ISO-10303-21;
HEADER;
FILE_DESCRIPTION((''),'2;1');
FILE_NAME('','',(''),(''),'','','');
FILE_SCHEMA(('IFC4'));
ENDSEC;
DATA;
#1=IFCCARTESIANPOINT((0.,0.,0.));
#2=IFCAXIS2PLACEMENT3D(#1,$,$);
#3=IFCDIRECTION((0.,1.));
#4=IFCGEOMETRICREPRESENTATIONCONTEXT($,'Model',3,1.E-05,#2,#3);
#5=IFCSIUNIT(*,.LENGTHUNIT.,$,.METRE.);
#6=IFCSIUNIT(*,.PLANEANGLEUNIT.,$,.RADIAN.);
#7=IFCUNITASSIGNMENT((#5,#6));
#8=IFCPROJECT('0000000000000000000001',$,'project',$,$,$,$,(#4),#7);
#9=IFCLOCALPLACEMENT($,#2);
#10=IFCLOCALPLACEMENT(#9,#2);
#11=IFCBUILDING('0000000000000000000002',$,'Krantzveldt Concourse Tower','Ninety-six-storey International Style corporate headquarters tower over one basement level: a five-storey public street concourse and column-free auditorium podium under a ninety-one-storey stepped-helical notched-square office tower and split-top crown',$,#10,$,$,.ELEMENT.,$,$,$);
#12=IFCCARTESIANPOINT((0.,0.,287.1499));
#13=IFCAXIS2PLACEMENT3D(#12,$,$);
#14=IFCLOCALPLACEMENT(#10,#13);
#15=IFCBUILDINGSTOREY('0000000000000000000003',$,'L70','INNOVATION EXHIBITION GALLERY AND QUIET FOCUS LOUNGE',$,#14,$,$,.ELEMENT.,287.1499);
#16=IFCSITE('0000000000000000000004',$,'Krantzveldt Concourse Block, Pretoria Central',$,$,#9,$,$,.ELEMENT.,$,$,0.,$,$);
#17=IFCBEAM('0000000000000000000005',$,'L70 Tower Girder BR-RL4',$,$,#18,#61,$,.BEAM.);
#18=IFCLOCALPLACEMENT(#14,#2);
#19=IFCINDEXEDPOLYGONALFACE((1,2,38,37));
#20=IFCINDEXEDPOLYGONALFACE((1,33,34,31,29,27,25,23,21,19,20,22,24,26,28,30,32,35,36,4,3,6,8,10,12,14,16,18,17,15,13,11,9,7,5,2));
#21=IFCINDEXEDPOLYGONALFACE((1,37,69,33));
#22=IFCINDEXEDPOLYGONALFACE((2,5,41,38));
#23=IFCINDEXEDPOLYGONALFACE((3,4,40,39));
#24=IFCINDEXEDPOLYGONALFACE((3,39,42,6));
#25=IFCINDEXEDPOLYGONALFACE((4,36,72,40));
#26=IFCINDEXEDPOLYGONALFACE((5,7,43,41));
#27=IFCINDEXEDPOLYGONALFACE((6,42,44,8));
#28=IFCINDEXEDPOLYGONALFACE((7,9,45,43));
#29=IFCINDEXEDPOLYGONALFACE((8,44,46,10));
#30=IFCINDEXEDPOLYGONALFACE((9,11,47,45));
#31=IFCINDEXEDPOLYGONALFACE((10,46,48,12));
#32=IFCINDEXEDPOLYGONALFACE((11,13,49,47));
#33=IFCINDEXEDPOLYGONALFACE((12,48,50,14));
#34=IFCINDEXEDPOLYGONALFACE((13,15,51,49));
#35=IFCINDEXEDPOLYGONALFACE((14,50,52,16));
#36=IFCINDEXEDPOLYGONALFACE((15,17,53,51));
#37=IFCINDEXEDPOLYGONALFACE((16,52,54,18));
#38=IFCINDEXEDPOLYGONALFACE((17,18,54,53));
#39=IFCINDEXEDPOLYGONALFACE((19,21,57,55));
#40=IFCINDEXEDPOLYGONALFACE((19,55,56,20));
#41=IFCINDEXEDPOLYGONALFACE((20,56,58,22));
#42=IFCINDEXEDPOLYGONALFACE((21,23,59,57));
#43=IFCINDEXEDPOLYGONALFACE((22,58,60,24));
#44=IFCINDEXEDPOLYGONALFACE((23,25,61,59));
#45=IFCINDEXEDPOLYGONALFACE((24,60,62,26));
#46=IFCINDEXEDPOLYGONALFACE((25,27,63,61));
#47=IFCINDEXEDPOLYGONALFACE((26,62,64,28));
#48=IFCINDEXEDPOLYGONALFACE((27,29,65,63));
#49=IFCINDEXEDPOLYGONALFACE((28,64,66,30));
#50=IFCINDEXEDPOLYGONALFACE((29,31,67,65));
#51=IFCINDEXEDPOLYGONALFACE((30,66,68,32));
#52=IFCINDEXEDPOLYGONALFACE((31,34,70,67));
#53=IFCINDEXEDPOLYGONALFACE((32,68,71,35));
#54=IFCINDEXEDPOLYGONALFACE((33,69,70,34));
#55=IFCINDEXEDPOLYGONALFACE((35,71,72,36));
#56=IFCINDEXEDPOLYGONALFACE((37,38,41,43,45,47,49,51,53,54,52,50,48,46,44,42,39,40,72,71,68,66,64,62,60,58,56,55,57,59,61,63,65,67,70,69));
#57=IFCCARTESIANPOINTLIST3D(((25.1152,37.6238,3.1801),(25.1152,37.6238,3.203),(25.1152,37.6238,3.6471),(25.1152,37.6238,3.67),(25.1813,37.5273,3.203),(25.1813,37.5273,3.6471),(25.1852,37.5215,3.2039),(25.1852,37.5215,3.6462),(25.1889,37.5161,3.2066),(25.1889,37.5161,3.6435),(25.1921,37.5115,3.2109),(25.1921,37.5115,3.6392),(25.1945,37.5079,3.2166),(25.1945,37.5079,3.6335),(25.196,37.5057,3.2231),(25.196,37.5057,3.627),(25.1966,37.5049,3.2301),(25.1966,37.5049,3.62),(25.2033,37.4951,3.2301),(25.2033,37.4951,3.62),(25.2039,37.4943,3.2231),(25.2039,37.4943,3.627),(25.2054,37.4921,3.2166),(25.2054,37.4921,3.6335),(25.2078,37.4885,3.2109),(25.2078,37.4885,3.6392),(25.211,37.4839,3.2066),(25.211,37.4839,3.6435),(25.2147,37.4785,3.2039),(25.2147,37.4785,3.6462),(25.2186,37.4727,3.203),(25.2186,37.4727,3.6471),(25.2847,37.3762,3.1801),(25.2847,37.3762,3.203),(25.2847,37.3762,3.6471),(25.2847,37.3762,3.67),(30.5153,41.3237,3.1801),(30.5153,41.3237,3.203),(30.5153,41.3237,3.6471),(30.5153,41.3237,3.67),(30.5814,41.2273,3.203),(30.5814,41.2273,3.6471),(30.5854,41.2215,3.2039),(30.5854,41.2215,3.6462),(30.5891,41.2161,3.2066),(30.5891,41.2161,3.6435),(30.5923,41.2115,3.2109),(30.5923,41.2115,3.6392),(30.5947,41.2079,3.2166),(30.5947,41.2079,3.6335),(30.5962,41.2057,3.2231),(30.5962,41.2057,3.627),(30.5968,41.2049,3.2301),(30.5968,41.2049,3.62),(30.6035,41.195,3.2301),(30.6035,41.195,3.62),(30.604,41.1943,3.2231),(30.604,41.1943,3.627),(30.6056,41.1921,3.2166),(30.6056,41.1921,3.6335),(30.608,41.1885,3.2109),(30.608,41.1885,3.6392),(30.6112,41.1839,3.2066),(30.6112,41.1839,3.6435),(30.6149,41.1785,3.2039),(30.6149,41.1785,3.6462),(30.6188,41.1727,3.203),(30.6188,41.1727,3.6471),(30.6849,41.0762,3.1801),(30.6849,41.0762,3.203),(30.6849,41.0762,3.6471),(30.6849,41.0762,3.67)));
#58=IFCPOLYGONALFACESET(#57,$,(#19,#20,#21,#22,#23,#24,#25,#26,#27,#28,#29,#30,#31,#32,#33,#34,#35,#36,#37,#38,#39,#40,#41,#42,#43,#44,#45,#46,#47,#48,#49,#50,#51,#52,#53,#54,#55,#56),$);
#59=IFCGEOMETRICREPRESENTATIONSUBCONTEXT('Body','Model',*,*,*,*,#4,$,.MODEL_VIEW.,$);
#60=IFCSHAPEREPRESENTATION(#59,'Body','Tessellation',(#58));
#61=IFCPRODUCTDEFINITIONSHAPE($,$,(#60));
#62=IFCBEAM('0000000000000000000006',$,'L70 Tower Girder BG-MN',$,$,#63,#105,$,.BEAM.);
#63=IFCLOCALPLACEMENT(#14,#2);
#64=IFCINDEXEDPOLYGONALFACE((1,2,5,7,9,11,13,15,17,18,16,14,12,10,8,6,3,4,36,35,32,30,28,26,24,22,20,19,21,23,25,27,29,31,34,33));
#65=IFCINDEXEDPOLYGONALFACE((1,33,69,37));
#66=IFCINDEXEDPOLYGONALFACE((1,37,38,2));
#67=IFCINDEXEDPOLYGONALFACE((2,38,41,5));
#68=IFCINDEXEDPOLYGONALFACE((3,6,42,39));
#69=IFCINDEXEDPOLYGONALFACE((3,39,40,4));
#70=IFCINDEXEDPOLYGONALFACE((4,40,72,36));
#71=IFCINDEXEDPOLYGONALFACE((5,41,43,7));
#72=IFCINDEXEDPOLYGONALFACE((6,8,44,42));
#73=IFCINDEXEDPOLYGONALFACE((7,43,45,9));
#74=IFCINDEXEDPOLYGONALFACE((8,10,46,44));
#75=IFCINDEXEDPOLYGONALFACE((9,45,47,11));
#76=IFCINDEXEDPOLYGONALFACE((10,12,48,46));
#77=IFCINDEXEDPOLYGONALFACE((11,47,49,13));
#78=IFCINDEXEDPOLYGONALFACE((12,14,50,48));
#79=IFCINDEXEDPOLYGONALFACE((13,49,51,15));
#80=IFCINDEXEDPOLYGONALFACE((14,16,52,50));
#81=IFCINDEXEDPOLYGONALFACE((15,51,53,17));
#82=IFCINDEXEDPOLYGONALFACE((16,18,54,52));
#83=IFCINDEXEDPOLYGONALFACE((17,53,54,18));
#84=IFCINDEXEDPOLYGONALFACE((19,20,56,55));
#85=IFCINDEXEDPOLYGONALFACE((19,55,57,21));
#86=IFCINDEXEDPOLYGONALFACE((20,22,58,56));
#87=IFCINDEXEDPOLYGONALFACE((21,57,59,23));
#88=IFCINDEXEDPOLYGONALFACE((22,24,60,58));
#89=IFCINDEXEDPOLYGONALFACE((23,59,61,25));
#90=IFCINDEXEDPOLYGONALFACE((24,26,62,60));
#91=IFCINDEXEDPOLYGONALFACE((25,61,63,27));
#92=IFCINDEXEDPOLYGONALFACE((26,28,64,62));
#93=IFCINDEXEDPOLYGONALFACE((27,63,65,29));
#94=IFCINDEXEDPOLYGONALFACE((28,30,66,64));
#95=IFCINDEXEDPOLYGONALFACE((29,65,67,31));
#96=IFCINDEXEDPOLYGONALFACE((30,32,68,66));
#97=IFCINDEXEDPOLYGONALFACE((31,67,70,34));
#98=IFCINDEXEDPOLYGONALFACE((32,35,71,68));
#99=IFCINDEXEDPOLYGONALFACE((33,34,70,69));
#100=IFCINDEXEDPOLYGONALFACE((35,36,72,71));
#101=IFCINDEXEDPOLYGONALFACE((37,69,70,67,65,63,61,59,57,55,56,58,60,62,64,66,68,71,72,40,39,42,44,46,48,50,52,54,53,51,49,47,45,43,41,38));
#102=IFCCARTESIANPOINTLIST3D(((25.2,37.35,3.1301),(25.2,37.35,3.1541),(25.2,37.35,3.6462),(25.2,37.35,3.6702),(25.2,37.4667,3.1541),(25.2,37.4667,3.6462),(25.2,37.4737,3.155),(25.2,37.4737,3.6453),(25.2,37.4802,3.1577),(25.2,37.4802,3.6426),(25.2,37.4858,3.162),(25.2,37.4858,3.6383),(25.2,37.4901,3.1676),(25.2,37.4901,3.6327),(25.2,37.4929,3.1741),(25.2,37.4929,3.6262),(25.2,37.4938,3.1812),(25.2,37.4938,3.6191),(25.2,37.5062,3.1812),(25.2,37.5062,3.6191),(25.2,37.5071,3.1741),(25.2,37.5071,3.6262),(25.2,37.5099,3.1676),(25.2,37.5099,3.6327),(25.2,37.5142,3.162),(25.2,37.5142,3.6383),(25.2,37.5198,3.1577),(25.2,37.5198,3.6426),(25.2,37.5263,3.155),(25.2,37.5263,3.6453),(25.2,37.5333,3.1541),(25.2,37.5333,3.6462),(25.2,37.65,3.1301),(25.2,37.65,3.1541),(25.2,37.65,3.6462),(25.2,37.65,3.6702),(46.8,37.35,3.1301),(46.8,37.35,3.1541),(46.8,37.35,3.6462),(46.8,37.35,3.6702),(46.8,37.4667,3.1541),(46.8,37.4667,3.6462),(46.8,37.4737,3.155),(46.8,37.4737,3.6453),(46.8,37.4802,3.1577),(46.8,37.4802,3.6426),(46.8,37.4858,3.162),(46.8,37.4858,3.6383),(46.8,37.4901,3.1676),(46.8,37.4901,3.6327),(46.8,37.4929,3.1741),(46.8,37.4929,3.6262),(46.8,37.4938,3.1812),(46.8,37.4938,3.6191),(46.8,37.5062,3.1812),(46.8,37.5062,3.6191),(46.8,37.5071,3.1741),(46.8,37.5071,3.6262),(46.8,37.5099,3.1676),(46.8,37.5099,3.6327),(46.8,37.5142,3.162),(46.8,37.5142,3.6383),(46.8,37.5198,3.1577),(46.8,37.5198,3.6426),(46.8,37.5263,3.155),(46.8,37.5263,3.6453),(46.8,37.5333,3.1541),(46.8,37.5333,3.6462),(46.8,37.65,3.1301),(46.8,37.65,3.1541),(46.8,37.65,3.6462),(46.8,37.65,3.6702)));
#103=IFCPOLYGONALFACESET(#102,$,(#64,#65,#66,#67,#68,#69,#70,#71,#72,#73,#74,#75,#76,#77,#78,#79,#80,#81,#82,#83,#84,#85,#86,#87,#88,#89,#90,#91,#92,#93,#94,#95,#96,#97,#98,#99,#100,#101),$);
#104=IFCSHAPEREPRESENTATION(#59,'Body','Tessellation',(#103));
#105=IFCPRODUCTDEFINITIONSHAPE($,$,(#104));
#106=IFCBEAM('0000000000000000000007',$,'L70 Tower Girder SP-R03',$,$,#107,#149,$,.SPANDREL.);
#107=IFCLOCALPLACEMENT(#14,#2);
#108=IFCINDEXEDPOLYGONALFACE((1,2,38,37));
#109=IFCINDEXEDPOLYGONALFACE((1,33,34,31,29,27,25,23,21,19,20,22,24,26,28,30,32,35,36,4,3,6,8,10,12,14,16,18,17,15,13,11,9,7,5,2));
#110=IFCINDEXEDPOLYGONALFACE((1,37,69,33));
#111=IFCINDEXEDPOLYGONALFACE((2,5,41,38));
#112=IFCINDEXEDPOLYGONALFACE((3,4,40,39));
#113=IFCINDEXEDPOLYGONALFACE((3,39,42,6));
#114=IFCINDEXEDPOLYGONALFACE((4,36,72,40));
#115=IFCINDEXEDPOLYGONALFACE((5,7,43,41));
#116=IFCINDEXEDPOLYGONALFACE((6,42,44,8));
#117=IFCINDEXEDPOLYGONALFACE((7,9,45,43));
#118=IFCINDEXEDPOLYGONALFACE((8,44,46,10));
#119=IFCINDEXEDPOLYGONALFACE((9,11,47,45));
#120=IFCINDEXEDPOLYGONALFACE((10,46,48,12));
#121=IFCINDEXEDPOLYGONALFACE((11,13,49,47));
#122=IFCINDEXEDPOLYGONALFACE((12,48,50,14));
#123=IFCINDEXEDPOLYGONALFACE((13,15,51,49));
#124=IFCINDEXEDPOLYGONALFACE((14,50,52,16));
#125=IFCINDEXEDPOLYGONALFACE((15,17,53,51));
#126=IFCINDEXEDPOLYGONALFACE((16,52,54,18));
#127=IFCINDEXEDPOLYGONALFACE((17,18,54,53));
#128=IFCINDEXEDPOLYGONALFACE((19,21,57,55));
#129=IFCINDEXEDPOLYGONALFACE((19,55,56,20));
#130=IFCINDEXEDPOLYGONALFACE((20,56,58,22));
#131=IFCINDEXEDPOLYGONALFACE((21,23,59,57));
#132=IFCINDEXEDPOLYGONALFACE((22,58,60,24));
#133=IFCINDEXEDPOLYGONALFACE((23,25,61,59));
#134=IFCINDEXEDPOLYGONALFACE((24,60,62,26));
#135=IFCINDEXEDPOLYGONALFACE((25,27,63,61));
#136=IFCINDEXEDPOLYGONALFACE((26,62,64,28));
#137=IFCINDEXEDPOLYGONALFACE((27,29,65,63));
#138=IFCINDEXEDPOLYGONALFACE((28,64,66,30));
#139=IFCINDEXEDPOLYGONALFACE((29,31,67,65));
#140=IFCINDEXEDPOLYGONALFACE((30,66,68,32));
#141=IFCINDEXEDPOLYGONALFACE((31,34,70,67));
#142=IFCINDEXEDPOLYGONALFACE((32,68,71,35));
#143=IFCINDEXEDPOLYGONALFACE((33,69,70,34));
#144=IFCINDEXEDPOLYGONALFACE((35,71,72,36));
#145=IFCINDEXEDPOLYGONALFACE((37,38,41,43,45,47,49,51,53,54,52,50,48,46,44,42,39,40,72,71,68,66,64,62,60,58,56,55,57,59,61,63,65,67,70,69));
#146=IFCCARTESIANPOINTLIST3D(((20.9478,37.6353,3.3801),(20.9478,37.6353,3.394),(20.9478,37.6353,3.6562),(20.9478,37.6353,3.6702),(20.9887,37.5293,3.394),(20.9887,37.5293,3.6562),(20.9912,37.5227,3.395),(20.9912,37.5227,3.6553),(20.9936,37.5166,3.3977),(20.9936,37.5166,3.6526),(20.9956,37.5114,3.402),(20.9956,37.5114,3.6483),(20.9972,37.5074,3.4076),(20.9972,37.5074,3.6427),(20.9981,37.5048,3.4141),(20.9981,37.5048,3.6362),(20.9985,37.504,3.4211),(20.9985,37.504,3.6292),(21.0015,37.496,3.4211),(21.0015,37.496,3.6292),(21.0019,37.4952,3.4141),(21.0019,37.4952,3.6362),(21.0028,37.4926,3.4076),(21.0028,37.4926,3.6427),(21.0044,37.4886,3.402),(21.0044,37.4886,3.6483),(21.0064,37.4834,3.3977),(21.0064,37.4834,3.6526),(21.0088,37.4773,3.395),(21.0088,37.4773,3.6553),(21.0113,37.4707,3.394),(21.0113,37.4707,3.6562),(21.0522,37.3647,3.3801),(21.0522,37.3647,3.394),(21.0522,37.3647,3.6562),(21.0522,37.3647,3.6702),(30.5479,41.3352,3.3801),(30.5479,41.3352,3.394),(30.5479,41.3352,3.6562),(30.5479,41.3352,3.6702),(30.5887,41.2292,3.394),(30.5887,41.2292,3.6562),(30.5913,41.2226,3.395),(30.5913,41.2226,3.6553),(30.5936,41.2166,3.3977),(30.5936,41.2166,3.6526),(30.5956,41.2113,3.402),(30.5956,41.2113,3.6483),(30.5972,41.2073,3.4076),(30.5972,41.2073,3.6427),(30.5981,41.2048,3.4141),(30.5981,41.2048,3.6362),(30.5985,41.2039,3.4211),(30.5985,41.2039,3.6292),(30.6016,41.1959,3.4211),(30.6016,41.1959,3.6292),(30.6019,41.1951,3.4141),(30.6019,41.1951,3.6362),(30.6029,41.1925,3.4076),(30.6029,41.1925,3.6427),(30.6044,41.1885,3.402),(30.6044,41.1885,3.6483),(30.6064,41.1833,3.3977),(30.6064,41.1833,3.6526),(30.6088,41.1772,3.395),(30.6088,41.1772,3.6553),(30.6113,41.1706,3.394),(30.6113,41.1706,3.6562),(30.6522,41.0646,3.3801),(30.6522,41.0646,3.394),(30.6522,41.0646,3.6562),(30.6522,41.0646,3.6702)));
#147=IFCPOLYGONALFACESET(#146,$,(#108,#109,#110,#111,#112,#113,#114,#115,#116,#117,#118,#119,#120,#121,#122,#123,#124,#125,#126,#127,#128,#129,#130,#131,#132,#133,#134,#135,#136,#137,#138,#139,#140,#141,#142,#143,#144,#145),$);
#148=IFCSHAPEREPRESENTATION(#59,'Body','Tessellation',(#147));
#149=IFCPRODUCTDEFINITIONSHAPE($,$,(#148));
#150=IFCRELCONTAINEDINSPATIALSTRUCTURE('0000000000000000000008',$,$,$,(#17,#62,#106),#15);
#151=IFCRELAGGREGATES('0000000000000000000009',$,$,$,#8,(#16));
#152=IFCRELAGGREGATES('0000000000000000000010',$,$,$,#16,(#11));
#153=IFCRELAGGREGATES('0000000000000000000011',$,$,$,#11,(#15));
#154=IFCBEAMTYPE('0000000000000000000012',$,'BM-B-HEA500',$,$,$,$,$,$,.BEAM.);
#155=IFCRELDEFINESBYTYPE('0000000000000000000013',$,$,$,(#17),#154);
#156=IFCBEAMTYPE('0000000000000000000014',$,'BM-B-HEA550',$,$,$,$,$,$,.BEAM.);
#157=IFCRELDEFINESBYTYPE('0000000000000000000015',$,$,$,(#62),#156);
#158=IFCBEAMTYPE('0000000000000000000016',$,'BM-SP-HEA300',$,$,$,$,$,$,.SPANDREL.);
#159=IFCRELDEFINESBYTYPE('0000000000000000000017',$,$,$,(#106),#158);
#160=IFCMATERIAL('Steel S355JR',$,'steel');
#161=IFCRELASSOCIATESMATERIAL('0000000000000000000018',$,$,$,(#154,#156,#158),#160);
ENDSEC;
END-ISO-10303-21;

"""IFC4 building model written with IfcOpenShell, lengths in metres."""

from ifc_helpers import new_model, si_unit, direction, frame, origin, origin_2d, place, context, subcontext, project, spatial, i_section, extrude, source, transform, mapped, material, material_profile, profile_set, type_object, type_shapes, element, save


model = new_model("IFC4")

# Units and contexts
model_context = context("Model", 3, precision=1e-05, world=origin(), true_north=direction((0.0, 1.0)))
body_context = subcontext(model_context, "Body", "Model", "MODEL_VIEW")
ifc_project = project(units=[si_unit("LENGTHUNIT", "METRE"), si_unit("PLANEANGLEUNIT", "RADIAN")], contexts=[model_context])

# Site, building, storey
site_placement = place(None, origin())
site = spatial("IfcSite", under=ifc_project, at=site_placement, Name="Krantzveldt Concourse Block, Pretoria Central", CompositionType="ELEMENT", RefElevation=0.0)
building_placement = place(site_placement, origin())
building = spatial("IfcBuilding", under=site, at=building_placement, Name="Krantzveldt Concourse Tower", Description="Ninety-six-storey International Style corporate headquarters tower over one basement level: a five-storey public street concourse and column-free auditorium podium under a ninety-one-storey stepped-helical notched-square office tower and split-top crown", CompositionType="ELEMENT")
storey_placement = place(building_placement, frame((0.0, 0.0, 287.1499)))
storey = spatial("IfcBuildingStorey", under=building, at=storey_placement, Name="L70", Description="INNOVATION EXHIBITION GALLERY AND QUIET FOCUS LOUNGE", CompositionType="ELEMENT", Elevation=287.1499)

# Beams
ifc_material_1 = material(Name="Steel S355JR", Category="steel")
ifc_material_profile_1 = material_profile(ifc_material_1, i_section(OverallWidth=0.3, OverallDepth=0.49, WebThickness=0.012, FlangeThickness=0.0229, FilletRadius=0.0271, at=origin_2d()), Name="Steel S355JR", Category="steel")
ifc_profile_set_1 = profile_set([ifc_material_profile_1], Name="Steel S355JR - HEA 500")
beam_type_1 = type_object("IfcBeamType", Name="BM-B-HEA500", PredefinedType="BEAM", material=ifc_profile_set_1)
shared_shape_1 = source(origin(), body_context, "Body", "SweptSolid", [
    extrude(i_section(OverallWidth=0.3, OverallDepth=0.49, WebThickness=0.012, FlangeThickness=0.0229, FilletRadius=0.0271, at=origin_2d()), origin(), (0.0, 0.0, 1.0), 6.5461),
])
beam_1_placement = place(storey_placement, frame((25.2, 37.5, 3.425), z_axis=(0.824943, 0.565216, 0.0), x_axis=(-0.565216, 0.824943, 0.0)))
element("IfcBeam", 1, at=beam_1_placement, inside=storey, type_object=beam_type_1, Name="L70 Tower Girder BR-RL4", PredefinedType="BEAM", context=body_context, shape_type="MappedRepresentation", body=[
    mapped(shared_shape_1, transform((0.0, 0.0, 0.0), x_axis=(1.0, 0.0, 0.0), y_axis=(0.0, 1.0, 0.0), z_axis=(0.0, 0.0, 1.0), scale=1.0)),
])
ifc_material_profile_2 = material_profile(ifc_material_1, i_section(OverallWidth=0.3, OverallDepth=0.54, WebThickness=0.0125, FlangeThickness=0.0239, FilletRadius=0.0271, at=origin_2d()), Name="Steel S355JR", Category="steel")
ifc_profile_set_2 = profile_set([ifc_material_profile_2], Name="Steel S355JR - HEA 550")
beam_type_2 = type_object("IfcBeamType", Name="BM-B-HEA550", PredefinedType="BEAM", material=ifc_profile_set_2)
shared_shape_2 = source(origin(), body_context, "Body", "SweptSolid", [
    extrude(i_section(OverallWidth=0.3, OverallDepth=0.54, WebThickness=0.0125, FlangeThickness=0.0239, FilletRadius=0.0271, at=origin_2d()), origin(), (0.0, 0.0, 1.0), 21.6001),
])
type_shapes(beam_type_2, [shared_shape_2])
beam_2_placement = place(storey_placement, frame((25.2, 37.5, 3.4001), z_axis=(1.0, 0.0, 0.0), x_axis=(0.0, 1.0, 0.0)))
element("IfcBeam", 2, at=beam_2_placement, inside=storey, type_object=beam_type_2, Name="L70 Tower Girder BG-MN", PredefinedType="BEAM", context=body_context, shape_type="MappedRepresentation", body=[
    mapped(shared_shape_2, transform((0.0, 0.0, 0.0), x_axis=(1.0, 0.0, 0.0), y_axis=(0.0, 1.0, 0.0), z_axis=(0.0, 0.0, 1.0), scale=1.0)),
])
ifc_material_profile_3 = material_profile(ifc_material_1, i_section(OverallWidth=0.29, OverallDepth=0.29, WebThickness=0.0085, FlangeThickness=0.0139, FilletRadius=0.0271, at=origin_2d()), Name="Steel S355JR", Category="steel")
ifc_profile_set_3 = profile_set([ifc_material_profile_3], Name="Steel S355JR - HEA 300")
beam_type_3 = type_object("IfcBeamType", Name="BM-SP-HEA300", PredefinedType="SPANDREL", material=ifc_profile_set_3)
shared_shape_3 = source(origin(), body_context, "Body", "SweptSolid", [
    extrude(i_section(OverallWidth=0.29, OverallDepth=0.29, WebThickness=0.0085, FlangeThickness=0.0139, FilletRadius=0.0271, at=origin_2d()), origin(), (0.0, 0.0, 1.0), 10.2883),
])
beam_3_placement = place(storey_placement, frame((21.0, 37.5, 3.5251), z_axis=(0.933098, 0.359623, 0.0), x_axis=(-0.359623, 0.933098, 0.0)))
element("IfcBeam", 3, at=beam_3_placement, inside=storey, type_object=beam_type_3, Name="L70 Tower Girder SP-R03", PredefinedType="SPANDREL", context=body_context, shape_type="MappedRepresentation", body=[
    mapped(shared_shape_3, transform((0.0, 0.0, 0.0), x_axis=(1.0, 0.0, 0.0), y_axis=(0.0, 1.0, 0.0), z_axis=(0.0, 0.0, 1.0), scale=1.0)),
])

save(model, "model.ifc")
